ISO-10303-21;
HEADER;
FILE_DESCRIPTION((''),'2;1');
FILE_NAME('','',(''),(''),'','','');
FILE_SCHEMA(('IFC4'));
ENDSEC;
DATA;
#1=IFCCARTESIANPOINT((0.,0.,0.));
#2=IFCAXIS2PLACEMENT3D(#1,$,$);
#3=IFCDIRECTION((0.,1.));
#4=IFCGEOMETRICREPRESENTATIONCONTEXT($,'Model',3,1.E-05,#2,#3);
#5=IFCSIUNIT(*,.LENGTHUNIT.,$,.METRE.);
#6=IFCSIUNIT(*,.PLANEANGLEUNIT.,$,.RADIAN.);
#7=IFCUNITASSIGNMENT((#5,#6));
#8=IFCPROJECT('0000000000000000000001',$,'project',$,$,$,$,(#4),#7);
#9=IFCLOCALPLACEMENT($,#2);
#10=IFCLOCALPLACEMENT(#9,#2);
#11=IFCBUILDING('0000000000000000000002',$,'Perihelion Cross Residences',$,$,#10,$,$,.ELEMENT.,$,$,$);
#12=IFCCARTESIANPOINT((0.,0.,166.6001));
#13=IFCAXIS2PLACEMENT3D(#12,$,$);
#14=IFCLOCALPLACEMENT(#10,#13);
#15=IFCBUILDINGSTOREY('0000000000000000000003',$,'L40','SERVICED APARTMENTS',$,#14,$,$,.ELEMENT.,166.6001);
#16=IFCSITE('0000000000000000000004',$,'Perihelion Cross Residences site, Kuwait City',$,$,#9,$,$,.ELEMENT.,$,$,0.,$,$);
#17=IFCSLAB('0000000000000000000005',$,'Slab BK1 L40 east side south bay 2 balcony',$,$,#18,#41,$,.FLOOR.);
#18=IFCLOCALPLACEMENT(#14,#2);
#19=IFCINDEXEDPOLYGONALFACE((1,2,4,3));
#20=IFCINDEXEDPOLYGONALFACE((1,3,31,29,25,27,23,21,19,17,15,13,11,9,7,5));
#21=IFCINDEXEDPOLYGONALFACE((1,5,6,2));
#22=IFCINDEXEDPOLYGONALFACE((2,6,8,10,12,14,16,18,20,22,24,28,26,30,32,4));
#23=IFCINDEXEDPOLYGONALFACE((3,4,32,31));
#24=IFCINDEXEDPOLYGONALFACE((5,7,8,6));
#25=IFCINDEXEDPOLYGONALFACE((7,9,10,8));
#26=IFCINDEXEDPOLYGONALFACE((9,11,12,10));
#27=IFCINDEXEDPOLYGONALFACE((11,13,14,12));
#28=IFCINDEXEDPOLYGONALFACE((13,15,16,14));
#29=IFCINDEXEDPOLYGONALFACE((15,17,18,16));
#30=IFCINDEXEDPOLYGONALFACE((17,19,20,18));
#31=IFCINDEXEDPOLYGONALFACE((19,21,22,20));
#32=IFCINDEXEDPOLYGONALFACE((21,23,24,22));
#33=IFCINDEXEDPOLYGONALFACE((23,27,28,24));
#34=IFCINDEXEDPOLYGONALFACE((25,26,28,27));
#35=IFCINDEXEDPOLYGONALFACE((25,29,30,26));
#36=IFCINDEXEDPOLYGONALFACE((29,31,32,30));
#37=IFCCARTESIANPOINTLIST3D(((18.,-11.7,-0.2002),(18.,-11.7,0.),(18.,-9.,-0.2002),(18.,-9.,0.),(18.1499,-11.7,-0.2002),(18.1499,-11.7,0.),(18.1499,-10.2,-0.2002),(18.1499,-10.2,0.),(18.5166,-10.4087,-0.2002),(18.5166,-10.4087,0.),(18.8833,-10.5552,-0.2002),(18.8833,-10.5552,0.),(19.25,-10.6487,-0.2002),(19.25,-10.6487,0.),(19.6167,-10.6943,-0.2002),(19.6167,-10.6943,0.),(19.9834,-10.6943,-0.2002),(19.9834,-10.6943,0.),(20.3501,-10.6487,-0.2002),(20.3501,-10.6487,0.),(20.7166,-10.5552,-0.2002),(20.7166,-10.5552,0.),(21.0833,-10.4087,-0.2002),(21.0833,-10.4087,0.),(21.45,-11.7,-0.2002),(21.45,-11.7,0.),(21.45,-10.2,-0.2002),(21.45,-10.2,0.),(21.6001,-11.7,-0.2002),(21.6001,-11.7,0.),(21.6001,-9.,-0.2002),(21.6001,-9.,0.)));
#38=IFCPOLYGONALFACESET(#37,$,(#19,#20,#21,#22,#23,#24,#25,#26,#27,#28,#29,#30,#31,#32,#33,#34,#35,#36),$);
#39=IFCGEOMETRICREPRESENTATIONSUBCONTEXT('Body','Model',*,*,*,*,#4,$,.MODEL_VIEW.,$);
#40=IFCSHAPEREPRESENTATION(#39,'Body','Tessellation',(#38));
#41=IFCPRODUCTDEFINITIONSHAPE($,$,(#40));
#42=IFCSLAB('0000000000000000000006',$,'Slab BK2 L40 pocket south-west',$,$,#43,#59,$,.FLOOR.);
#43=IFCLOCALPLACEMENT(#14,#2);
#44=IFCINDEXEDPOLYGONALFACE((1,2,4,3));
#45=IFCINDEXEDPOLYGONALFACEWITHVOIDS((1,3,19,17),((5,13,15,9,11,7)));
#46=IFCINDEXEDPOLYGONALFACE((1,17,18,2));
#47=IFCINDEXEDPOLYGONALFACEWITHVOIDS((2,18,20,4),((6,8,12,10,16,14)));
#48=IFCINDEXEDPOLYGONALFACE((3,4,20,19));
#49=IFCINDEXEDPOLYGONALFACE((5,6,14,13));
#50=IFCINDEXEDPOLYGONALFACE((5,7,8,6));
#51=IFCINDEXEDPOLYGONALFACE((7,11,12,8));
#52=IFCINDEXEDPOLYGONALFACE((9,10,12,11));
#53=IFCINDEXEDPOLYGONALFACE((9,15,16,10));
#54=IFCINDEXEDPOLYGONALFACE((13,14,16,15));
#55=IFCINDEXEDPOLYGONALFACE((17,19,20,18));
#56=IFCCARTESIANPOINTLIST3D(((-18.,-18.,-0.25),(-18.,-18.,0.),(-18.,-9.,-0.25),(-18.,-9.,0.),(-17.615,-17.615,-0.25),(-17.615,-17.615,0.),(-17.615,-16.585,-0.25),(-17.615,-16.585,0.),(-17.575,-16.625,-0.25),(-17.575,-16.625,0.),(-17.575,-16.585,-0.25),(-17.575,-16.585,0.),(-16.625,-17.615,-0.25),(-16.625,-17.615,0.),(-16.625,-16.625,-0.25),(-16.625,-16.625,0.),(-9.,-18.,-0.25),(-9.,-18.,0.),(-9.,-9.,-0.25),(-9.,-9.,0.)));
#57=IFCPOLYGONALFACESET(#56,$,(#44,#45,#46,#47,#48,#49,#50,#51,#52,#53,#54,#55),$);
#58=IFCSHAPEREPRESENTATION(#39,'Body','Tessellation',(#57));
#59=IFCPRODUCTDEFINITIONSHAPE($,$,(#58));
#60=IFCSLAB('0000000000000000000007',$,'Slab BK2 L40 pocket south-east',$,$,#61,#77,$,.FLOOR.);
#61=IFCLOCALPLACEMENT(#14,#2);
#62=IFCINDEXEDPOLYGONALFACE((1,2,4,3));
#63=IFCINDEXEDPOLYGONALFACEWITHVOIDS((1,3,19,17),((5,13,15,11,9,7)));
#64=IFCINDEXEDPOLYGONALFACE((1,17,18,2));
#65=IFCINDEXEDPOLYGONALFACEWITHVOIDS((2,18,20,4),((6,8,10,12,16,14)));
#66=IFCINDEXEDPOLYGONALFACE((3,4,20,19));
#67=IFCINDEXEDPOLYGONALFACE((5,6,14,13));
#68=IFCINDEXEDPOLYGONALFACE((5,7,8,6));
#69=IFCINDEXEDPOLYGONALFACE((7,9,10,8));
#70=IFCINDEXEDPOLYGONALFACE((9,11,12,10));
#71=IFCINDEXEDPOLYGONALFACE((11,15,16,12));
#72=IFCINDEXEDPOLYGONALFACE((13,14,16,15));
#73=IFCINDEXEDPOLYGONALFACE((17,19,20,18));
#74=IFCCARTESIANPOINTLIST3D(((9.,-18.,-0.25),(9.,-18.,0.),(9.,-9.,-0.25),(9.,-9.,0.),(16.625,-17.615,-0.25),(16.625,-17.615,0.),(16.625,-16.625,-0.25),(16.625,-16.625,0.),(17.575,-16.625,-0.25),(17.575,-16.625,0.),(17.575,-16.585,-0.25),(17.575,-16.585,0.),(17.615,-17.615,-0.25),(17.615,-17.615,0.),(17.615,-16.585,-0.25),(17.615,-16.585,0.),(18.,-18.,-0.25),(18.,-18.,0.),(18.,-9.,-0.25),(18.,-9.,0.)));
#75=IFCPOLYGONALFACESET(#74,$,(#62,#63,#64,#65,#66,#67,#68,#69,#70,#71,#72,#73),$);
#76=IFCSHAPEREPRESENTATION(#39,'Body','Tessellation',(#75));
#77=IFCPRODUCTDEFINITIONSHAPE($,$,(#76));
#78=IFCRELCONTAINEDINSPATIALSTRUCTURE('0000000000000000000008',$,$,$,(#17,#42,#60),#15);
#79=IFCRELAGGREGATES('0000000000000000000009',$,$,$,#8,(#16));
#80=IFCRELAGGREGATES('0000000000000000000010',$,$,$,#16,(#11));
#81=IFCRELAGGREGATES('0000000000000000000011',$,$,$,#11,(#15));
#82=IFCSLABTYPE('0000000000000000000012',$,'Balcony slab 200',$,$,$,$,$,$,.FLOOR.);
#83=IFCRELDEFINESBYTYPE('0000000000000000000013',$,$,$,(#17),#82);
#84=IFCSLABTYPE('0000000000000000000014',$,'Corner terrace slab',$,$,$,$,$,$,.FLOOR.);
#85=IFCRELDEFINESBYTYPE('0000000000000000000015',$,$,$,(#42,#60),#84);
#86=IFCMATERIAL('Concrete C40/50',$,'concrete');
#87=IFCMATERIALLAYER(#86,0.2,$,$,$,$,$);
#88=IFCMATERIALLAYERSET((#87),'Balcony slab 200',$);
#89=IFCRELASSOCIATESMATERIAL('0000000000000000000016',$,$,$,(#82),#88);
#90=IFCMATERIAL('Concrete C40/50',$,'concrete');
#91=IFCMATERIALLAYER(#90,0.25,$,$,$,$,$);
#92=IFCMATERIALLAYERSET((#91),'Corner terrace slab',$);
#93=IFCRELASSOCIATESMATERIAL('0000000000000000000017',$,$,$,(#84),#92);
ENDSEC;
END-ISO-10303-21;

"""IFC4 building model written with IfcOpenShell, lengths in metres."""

from ifc_helpers import new_model, si_unit, direction, frame, origin, place, context, subcontext, project, spatial, polyline, outline, extrude, material, layer, layer_set, type_object, element, save


model = new_model("IFC4")

# Units and contexts
model_context = context("Model", 3, precision=1e-05, world=origin(), true_north=direction((0.0, 1.0)))
body_context = subcontext(model_context, "Body", "Model", "MODEL_VIEW")
ifc_project = project(units=[si_unit("LENGTHUNIT", "METRE"), si_unit("PLANEANGLEUNIT", "RADIAN")], contexts=[model_context])

# Site, building, storey
site_placement = place(None, origin())
site = spatial("IfcSite", under=ifc_project, at=site_placement, Name="Perihelion Cross Residences site, Kuwait City", CompositionType="ELEMENT", RefElevation=0.0)
building_placement = place(site_placement, origin())
building = spatial("IfcBuilding", under=site, at=building_placement, Name="Perihelion Cross Residences", CompositionType="ELEMENT")
storey_placement = place(building_placement, frame((0.0, 0.0, 166.6001)))
storey = spatial("IfcBuildingStorey", under=building, at=storey_placement, Name="L40", Description="SERVICED APARTMENTS", CompositionType="ELEMENT", Elevation=166.6001)

# Slabs
ifc_material_1 = material(Name="Concrete C40/50", Category="concrete")
ifc_layer_1 = layer(ifc_material_1, 0.2)
ifc_layer_set_1 = layer_set([ifc_layer_1], Name="Balcony slab 200")
slab_type_1 = type_object("IfcSlabType", Name="Balcony slab 200", PredefinedType="FLOOR", material=ifc_layer_set_1)
slab_1_placement = place(storey_placement, frame((0.0, 0.0, -0.2002)))
element("IfcSlab", 1, at=slab_1_placement, inside=storey, type_object=slab_type_1, Name="Slab BK1 L40 east side south bay 2 balcony", PredefinedType="FLOOR", context=body_context, shape_type="SweptSolid", body=[
    extrude(outline(polyline([(18.0, -9.0), (21.6001, -9.0), (21.6001, -11.7), (21.45, -11.7), (21.45, -10.2), (21.0833, -10.4087), (20.7166, -10.5552), (20.3501, -10.6487), (19.9834, -10.6943), (19.6167, -10.6943), (19.25, -10.6487), (18.8833, -10.5552), (18.5166, -10.4087), (18.1499, -10.2), (18.1499, -11.7), (18.0, -11.7), (18.0, -9.0)])), origin(), (0.0, 0.0, 1.0), 0.2002),
])
ifc_material_2 = material(Name="Concrete C40/50", Category="concrete")
ifc_layer_2 = layer(ifc_material_2, 0.25)
ifc_layer_set_2 = layer_set([ifc_layer_2], Name="Corner terrace slab")
slab_type_2 = type_object("IfcSlabType", Name="Corner terrace slab", PredefinedType="FLOOR", material=ifc_layer_set_2)
slab_2_placement = place(storey_placement, frame((0.0, 0.0, -0.25)))
element("IfcSlab", 2, at=slab_2_placement, inside=storey, type_object=slab_type_2, Name="Slab BK2 L40 pocket south-west", PredefinedType="FLOOR", context=body_context, shape_type="SweptSolid", body=[
    extrude(outline(polyline([(-9.0, -18.0), (-9.0, -9.0), (-18.0, -9.0), (-18.0, -18.0), (-9.0, -18.0)]), holes=[polyline([(-16.625, -17.615), (-17.615, -17.615), (-17.615, -16.585), (-17.575, -16.585), (-17.575, -16.625), (-16.625, -16.625), (-16.625, -17.615)])]), origin(), (0.0, 0.0, 1.0), 0.25),
])
slab_3_placement = place(storey_placement, frame((0.0, 0.0, -0.25)))
element("IfcSlab", 3, at=slab_3_placement, inside=storey, type_object=slab_type_2, Name="Slab BK2 L40 pocket south-east", PredefinedType="FLOOR", context=body_context, shape_type="SweptSolid", body=[
    extrude(outline(polyline([(18.0, -18.0), (18.0, -9.0), (9.0, -9.0), (9.0, -18.0), (18.0, -18.0)]), holes=[polyline([(16.625, -17.615), (16.625, -16.625), (17.575, -16.625), (17.575, -16.585), (17.615, -16.585), (17.615, -17.615), (16.625, -17.615)])]), origin(), (0.0, 0.0, 1.0), 0.25),
])

save(model, "model.ifc")
